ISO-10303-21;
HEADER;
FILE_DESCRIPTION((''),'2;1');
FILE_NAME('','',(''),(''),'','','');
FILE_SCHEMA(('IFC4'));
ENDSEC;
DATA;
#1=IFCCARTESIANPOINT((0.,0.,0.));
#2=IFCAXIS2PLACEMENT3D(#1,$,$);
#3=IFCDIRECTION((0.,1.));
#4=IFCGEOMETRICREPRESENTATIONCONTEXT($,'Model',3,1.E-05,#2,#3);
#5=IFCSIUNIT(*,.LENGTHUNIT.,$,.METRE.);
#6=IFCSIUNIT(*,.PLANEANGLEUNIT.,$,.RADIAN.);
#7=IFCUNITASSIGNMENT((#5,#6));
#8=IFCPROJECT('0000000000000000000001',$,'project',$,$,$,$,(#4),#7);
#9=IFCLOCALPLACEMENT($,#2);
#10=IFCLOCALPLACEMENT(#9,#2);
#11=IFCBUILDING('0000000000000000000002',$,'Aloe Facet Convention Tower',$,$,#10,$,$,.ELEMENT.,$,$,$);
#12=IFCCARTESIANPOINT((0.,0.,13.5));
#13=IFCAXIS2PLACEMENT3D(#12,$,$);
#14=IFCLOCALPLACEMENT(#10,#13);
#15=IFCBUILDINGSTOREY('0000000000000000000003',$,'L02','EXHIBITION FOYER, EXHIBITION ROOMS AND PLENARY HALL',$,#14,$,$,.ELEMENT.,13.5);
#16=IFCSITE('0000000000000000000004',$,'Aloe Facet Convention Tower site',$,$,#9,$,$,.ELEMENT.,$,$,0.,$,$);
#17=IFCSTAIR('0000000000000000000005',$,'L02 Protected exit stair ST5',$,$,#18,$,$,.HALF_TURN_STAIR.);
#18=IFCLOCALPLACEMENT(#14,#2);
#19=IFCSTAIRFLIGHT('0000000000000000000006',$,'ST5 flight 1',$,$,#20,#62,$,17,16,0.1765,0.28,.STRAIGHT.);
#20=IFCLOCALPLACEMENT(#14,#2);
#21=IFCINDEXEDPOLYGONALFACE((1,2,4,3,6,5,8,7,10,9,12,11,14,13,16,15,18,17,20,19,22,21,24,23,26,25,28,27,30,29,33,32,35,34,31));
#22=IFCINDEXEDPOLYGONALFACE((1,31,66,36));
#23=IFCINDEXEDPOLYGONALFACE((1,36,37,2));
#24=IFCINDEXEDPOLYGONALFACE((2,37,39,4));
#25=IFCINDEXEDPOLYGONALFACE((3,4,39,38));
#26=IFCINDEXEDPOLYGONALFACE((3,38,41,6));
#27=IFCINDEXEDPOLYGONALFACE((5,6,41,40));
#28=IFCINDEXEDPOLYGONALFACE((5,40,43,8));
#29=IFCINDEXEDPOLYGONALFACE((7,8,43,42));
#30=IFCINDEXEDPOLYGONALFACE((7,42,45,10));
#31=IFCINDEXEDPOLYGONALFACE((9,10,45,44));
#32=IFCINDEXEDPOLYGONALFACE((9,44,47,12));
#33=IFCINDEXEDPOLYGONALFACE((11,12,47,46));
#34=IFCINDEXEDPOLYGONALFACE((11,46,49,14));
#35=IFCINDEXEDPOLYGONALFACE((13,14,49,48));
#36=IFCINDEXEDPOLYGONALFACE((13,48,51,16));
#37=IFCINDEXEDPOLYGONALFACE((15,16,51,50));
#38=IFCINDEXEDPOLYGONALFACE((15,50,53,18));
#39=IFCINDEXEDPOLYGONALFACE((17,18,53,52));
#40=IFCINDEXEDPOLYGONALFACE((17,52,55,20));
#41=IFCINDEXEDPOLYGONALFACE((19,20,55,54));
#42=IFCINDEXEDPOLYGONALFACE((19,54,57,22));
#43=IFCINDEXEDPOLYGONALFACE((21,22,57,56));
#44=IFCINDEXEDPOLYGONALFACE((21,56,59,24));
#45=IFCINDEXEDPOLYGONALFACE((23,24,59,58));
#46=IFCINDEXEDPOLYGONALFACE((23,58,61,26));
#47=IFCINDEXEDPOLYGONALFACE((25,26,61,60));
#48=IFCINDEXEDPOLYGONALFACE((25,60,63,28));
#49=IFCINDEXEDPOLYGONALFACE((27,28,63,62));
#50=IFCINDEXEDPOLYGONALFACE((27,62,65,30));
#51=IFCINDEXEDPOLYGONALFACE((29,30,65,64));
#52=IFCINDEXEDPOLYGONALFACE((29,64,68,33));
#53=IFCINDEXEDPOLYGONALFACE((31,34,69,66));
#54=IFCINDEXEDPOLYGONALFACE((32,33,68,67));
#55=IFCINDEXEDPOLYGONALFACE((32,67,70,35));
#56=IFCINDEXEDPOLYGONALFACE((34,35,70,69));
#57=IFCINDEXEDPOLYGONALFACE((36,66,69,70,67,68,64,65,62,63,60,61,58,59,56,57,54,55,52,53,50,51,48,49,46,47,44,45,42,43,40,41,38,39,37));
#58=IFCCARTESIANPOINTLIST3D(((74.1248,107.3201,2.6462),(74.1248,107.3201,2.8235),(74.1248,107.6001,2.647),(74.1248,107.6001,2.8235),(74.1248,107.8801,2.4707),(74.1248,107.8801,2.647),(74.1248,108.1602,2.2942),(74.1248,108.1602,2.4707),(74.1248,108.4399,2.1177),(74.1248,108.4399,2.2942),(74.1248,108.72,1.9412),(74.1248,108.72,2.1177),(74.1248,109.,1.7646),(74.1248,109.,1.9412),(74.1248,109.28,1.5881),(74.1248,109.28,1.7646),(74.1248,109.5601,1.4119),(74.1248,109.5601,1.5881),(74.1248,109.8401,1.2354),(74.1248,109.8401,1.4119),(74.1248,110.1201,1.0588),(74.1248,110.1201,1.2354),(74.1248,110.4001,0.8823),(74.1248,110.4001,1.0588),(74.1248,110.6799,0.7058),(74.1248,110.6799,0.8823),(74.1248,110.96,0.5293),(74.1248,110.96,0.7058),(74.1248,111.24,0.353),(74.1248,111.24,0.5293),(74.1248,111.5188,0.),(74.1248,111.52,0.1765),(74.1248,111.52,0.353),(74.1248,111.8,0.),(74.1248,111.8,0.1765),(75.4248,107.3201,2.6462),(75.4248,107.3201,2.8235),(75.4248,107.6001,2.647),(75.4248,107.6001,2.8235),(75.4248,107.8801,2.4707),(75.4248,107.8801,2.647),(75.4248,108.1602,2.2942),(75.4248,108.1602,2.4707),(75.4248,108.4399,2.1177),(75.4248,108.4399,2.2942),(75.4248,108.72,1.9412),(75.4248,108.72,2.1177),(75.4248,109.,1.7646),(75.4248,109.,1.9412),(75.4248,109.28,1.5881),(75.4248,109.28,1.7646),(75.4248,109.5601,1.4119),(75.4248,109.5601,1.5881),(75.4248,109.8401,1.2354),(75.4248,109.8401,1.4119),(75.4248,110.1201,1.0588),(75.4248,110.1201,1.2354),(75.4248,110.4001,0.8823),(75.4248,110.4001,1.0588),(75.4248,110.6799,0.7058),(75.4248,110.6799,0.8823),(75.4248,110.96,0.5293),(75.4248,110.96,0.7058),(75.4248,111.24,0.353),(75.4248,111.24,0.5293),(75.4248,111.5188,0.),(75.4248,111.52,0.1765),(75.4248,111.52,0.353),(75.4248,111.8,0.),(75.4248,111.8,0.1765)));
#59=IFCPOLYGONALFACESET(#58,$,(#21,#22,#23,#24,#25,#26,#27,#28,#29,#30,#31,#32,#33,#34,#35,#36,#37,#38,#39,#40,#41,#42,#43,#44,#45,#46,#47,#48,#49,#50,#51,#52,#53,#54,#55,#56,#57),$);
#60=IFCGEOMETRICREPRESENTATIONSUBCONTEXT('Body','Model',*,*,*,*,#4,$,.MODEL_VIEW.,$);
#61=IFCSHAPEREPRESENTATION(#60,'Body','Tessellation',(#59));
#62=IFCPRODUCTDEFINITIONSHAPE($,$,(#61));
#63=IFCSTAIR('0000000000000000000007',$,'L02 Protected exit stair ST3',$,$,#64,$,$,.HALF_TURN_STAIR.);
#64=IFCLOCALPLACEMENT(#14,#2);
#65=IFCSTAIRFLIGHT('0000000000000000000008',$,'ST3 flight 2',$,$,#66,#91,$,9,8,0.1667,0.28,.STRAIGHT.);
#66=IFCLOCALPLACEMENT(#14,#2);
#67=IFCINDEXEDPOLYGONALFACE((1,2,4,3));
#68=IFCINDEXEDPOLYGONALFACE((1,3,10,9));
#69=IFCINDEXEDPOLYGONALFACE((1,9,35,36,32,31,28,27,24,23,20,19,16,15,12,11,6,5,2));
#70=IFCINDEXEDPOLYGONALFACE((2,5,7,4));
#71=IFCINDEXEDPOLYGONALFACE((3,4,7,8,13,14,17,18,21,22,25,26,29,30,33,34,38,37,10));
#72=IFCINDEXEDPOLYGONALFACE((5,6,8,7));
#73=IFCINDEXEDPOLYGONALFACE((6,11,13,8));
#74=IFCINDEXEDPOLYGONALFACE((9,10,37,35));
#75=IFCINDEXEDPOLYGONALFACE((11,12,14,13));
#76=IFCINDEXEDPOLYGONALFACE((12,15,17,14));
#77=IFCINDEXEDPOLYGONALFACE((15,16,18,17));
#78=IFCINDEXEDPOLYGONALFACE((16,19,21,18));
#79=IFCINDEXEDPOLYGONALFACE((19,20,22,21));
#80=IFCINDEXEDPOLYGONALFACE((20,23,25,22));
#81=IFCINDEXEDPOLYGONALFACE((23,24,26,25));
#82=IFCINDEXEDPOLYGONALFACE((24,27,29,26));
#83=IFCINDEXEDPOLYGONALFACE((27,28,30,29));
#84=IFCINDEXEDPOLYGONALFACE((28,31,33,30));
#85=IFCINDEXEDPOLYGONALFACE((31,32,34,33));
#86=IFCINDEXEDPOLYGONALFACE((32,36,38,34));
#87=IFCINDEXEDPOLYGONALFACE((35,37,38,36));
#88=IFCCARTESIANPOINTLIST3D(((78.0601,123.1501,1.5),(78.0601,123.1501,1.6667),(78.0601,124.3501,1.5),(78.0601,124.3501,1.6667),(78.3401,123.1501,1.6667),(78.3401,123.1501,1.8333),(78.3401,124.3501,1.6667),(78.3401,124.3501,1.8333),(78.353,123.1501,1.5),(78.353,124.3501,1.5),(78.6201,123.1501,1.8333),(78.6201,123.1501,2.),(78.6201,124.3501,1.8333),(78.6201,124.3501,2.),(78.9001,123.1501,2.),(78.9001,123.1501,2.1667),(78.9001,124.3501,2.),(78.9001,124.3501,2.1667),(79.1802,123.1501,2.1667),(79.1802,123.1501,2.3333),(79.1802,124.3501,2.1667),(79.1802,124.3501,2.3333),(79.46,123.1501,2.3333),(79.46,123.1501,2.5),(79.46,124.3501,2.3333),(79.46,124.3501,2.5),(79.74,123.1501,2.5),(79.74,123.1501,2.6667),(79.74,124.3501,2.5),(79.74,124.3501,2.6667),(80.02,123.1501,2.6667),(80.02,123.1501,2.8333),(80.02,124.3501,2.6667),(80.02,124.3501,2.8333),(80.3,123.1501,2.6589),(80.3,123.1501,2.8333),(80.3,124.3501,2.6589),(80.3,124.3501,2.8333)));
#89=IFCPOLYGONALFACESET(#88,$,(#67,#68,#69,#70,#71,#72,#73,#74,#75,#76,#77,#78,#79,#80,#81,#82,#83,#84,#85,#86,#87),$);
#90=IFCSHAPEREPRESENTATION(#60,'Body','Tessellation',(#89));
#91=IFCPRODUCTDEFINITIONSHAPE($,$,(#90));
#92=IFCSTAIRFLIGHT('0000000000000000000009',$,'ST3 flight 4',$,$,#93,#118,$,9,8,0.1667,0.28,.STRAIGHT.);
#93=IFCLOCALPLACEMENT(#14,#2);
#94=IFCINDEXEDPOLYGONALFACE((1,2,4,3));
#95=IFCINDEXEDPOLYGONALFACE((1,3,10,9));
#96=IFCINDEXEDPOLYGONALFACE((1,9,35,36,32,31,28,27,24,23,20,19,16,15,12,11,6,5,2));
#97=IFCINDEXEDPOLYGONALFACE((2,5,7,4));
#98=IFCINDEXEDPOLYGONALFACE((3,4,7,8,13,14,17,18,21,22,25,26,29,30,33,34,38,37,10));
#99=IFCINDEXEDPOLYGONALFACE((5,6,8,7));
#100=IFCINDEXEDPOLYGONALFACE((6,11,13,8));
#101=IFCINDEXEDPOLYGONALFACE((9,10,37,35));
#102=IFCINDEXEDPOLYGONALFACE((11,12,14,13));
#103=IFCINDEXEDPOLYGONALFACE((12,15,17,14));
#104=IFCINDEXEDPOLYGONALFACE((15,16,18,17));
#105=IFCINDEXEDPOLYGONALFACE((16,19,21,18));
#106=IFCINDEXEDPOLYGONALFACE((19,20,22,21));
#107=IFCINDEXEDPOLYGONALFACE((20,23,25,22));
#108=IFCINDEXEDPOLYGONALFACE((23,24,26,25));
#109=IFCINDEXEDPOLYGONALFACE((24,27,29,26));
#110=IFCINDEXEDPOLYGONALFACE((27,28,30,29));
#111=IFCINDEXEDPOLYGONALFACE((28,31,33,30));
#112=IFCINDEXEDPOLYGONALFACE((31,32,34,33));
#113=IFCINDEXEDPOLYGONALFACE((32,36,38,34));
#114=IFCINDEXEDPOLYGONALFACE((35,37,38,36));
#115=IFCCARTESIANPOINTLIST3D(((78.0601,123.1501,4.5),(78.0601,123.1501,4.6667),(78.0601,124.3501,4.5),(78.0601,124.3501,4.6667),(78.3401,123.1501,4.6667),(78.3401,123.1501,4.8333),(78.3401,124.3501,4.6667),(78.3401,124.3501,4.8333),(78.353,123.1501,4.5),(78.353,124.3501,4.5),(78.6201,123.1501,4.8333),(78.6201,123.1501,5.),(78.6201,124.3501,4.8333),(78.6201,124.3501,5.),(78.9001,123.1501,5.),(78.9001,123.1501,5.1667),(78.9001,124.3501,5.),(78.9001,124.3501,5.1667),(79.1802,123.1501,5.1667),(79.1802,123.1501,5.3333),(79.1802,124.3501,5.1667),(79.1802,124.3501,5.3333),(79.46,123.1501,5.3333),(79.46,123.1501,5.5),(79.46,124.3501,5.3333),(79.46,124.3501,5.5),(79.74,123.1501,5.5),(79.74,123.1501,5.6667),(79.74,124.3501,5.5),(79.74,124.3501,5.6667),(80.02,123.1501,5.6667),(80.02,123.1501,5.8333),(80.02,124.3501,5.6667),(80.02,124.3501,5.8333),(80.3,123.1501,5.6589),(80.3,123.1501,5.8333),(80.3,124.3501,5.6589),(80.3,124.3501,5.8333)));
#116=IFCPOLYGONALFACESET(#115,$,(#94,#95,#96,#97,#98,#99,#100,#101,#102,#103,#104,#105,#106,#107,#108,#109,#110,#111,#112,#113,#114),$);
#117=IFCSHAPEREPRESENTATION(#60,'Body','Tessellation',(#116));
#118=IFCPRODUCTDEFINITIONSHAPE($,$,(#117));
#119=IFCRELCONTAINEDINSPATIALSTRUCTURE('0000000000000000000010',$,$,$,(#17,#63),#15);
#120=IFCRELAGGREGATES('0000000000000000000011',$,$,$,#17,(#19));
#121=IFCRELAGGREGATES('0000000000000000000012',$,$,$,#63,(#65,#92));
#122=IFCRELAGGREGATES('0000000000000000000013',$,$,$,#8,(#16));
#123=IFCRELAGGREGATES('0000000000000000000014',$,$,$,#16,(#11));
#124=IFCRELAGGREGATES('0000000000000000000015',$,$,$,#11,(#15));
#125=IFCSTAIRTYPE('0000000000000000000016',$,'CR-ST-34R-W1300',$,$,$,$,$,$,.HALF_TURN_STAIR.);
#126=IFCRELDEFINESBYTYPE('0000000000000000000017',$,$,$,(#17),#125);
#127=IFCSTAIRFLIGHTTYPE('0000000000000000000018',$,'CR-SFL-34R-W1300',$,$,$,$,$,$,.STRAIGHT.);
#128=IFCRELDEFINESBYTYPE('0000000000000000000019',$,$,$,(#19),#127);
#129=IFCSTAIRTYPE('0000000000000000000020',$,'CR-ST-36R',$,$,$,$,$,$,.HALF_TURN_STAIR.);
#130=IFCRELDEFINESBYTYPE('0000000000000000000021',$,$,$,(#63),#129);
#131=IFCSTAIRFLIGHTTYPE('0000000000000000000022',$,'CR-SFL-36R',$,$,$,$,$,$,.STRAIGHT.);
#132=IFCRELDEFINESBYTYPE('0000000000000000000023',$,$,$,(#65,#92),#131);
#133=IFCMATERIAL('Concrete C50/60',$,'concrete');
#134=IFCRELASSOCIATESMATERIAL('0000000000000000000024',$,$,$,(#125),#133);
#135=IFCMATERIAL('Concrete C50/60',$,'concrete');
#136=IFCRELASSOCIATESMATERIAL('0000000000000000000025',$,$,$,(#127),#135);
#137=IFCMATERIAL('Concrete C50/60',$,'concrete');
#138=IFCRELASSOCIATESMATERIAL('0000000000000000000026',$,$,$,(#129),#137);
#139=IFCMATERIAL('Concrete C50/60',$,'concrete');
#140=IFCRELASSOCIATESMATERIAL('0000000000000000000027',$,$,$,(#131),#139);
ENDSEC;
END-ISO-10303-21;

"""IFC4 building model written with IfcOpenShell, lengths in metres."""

from ifc_helpers import new_model, si_unit, direction, frame, origin, place, context, subcontext, project, spatial, polyline, outline, extrude, material, type_object, element, aggregate, save


model = new_model("IFC4")

# Units and contexts
model_context = context("Model", 3, precision=1e-05, world=origin(), true_north=direction((0.0, 1.0)))
body_context = subcontext(model_context, "Body", "Model", "MODEL_VIEW")
ifc_project = project(units=[si_unit("LENGTHUNIT", "METRE"), si_unit("PLANEANGLEUNIT", "RADIAN")], contexts=[model_context])

# Site, building, storey
site_placement = place(None, origin())
site = spatial("IfcSite", under=ifc_project, at=site_placement, Name="Aloe Facet Convention Tower site", CompositionType="ELEMENT", RefElevation=0.0)
building_placement = place(site_placement, origin())
building = spatial("IfcBuilding", under=site, at=building_placement, Name="Aloe Facet Convention Tower", CompositionType="ELEMENT")
storey_placement = place(building_placement, frame((0.0, 0.0, 13.5)))
storey = spatial("IfcBuildingStorey", under=building, at=storey_placement, Name="L02", Description="EXHIBITION FOYER, EXHIBITION ROOMS AND PLENARY HALL", CompositionType="ELEMENT", Elevation=13.5)

# Stair, stair flight
ifc_material_1 = material(Name="Concrete C50/60", Category="concrete")
stair_type_1 = type_object("IfcStairType", Name="CR-ST-34R-W1300", PredefinedType="HALF_TURN_STAIR", material=ifc_material_1)
stair_1_placement = place(storey_placement, origin())
stair_1 = element("IfcStair", 1, at=stair_1_placement, inside=storey, type_object=stair_type_1, Name="L02 Protected exit stair ST5", PredefinedType="HALF_TURN_STAIR")
ifc_material_2 = material(Name="Concrete C50/60", Category="concrete")
stair_flight_type_1 = type_object("IfcStairFlightType", Name="CR-SFL-34R-W1300", PredefinedType="STRAIGHT", material=ifc_material_2)
stair_flight_1_placement = place(storey_placement, frame((74.7749, 111.8, 0.0), z_axis=(0.0, 0.0, 1.0), x_axis=(0.0, -1.0, 0.0)))
stair_flight_1 = element("IfcStairFlight", 2, at=stair_flight_1_placement, type_object=stair_flight_type_1, Name="ST5 flight 1", NumberOfRisers=17, NumberOfTreads=16, PredefinedType="STRAIGHT", RiserHeight=0.1765, TreadLength=0.28, context=body_context, shape_type="SweptSolid", body=[
    extrude(outline(polyline([(0.0, 0.0), (0.0, 0.1765), (0.28, 0.1765), (0.28, 0.353), (0.5601, 0.353), (0.5601, 0.5293), (0.8401, 0.5293), (0.8401, 0.7058), (1.1201, 0.7058), (1.1201, 0.8823), (1.3999, 0.8823), (1.3999, 1.0588), (1.6799, 1.0588), (1.6799, 1.2354), (1.96, 1.2354), (1.96, 1.4119), (2.24, 1.4119), (2.24, 1.5881), (2.52, 1.5881), (2.52, 1.7646), (2.8, 1.7646), (2.8, 1.9412), (3.0801, 1.9412), (3.0801, 2.1177), (3.3601, 2.1177), (3.3601, 2.2942), (3.6399, 2.2942), (3.6399, 2.4707), (3.9199, 2.4707), (3.9199, 2.647), (4.2, 2.647), (4.2, 2.8235), (4.48, 2.8235), (4.48, 3.0), (4.48, 2.6462), (0.2812, 0.0), (0.0, 0.0)])), frame((0.0, 0.6499, 0.0), z_axis=(0.0, -1.0, 0.0), x_axis=(1.0, 0.0, 0.0)), (0.0, 0.0, 1.0), 1.3),
])
aggregate(stair_1, [stair_flight_1])

# Stair, stair flights
ifc_material_3 = material(Name="Concrete C50/60", Category="concrete")
stair_type_2 = type_object("IfcStairType", Name="CR-ST-36R", PredefinedType="HALF_TURN_STAIR", material=ifc_material_3)
stair_2_placement = place(storey_placement, origin())
stair_2 = element("IfcStair", 3, at=stair_2_placement, inside=storey, type_object=stair_type_2, Name="L02 Protected exit stair ST3", PredefinedType="HALF_TURN_STAIR")
ifc_material_4 = material(Name="Concrete C50/60", Category="concrete")
stair_flight_type_2 = type_object("IfcStairFlightType", Name="CR-SFL-36R", PredefinedType="STRAIGHT", material=ifc_material_4)
stair_flight_2_placement = place(storey_placement, frame((78.0601, 123.75, 1.5), z_axis=(0.0, 0.0, 1.0), x_axis=(1.0, 0.0, 0.0)))
stair_flight_2 = element("IfcStairFlight", 4, at=stair_flight_2_placement, type_object=stair_flight_type_2, Name="ST3 flight 2", NumberOfRisers=9, NumberOfTreads=8, PredefinedType="STRAIGHT", RiserHeight=0.1667, TreadLength=0.28, context=body_context, shape_type="SweptSolid", body=[
    extrude(outline(polyline([(0.0, 0.0), (0.0, 0.1667), (0.28, 0.1667), (0.28, 0.3333), (0.5601, 0.3333), (0.5601, 0.5), (0.8401, 0.5), (0.8401, 0.6667), (1.1201, 0.6667), (1.1201, 0.8333), (1.3999, 0.8333), (1.3999, 1.0), (1.6799, 1.0), (1.6799, 1.1667), (1.96, 1.1667), (1.96, 1.3333), (2.24, 1.3333), (2.24, 1.5), (2.24, 1.1589), (0.293, 0.0), (0.0, 0.0)])), frame((0.0, 0.6001, 0.0), z_axis=(0.0, -1.0, 0.0), x_axis=(1.0, 0.0, 0.0)), (0.0, 0.0, 1.0), 1.2),
])
stair_flight_3_placement = place(storey_placement, frame((78.0601, 123.75, 4.5), z_axis=(0.0, 0.0, 1.0), x_axis=(1.0, 0.0, 0.0)))
stair_flight_3 = element("IfcStairFlight", 5, at=stair_flight_3_placement, type_object=stair_flight_type_2, Name="ST3 flight 4", NumberOfRisers=9, NumberOfTreads=8, PredefinedType="STRAIGHT", RiserHeight=0.1667, TreadLength=0.28, context=body_context, shape_type="SweptSolid", body=[
    extrude(outline(polyline([(0.0, 0.0), (0.0, 0.1667), (0.28, 0.1667), (0.28, 0.3333), (0.5601, 0.3333), (0.5601, 0.5), (0.8401, 0.5), (0.8401, 0.6667), (1.1201, 0.6667), (1.1201, 0.8333), (1.3999, 0.8333), (1.3999, 1.0), (1.6799, 1.0), (1.6799, 1.1667), (1.96, 1.1667), (1.96, 1.3333), (2.24, 1.3333), (2.24, 1.5), (2.24, 1.1589), (0.293, 0.0), (0.0, 0.0)])), frame((0.0, 0.6001, 0.0), z_axis=(0.0, -1.0, 0.0), x_axis=(1.0, 0.0, 0.0)), (0.0, 0.0, 1.0), 1.2),
])
aggregate(stair_2, [stair_flight_2, stair_flight_3])

save(model, "model.ifc")
